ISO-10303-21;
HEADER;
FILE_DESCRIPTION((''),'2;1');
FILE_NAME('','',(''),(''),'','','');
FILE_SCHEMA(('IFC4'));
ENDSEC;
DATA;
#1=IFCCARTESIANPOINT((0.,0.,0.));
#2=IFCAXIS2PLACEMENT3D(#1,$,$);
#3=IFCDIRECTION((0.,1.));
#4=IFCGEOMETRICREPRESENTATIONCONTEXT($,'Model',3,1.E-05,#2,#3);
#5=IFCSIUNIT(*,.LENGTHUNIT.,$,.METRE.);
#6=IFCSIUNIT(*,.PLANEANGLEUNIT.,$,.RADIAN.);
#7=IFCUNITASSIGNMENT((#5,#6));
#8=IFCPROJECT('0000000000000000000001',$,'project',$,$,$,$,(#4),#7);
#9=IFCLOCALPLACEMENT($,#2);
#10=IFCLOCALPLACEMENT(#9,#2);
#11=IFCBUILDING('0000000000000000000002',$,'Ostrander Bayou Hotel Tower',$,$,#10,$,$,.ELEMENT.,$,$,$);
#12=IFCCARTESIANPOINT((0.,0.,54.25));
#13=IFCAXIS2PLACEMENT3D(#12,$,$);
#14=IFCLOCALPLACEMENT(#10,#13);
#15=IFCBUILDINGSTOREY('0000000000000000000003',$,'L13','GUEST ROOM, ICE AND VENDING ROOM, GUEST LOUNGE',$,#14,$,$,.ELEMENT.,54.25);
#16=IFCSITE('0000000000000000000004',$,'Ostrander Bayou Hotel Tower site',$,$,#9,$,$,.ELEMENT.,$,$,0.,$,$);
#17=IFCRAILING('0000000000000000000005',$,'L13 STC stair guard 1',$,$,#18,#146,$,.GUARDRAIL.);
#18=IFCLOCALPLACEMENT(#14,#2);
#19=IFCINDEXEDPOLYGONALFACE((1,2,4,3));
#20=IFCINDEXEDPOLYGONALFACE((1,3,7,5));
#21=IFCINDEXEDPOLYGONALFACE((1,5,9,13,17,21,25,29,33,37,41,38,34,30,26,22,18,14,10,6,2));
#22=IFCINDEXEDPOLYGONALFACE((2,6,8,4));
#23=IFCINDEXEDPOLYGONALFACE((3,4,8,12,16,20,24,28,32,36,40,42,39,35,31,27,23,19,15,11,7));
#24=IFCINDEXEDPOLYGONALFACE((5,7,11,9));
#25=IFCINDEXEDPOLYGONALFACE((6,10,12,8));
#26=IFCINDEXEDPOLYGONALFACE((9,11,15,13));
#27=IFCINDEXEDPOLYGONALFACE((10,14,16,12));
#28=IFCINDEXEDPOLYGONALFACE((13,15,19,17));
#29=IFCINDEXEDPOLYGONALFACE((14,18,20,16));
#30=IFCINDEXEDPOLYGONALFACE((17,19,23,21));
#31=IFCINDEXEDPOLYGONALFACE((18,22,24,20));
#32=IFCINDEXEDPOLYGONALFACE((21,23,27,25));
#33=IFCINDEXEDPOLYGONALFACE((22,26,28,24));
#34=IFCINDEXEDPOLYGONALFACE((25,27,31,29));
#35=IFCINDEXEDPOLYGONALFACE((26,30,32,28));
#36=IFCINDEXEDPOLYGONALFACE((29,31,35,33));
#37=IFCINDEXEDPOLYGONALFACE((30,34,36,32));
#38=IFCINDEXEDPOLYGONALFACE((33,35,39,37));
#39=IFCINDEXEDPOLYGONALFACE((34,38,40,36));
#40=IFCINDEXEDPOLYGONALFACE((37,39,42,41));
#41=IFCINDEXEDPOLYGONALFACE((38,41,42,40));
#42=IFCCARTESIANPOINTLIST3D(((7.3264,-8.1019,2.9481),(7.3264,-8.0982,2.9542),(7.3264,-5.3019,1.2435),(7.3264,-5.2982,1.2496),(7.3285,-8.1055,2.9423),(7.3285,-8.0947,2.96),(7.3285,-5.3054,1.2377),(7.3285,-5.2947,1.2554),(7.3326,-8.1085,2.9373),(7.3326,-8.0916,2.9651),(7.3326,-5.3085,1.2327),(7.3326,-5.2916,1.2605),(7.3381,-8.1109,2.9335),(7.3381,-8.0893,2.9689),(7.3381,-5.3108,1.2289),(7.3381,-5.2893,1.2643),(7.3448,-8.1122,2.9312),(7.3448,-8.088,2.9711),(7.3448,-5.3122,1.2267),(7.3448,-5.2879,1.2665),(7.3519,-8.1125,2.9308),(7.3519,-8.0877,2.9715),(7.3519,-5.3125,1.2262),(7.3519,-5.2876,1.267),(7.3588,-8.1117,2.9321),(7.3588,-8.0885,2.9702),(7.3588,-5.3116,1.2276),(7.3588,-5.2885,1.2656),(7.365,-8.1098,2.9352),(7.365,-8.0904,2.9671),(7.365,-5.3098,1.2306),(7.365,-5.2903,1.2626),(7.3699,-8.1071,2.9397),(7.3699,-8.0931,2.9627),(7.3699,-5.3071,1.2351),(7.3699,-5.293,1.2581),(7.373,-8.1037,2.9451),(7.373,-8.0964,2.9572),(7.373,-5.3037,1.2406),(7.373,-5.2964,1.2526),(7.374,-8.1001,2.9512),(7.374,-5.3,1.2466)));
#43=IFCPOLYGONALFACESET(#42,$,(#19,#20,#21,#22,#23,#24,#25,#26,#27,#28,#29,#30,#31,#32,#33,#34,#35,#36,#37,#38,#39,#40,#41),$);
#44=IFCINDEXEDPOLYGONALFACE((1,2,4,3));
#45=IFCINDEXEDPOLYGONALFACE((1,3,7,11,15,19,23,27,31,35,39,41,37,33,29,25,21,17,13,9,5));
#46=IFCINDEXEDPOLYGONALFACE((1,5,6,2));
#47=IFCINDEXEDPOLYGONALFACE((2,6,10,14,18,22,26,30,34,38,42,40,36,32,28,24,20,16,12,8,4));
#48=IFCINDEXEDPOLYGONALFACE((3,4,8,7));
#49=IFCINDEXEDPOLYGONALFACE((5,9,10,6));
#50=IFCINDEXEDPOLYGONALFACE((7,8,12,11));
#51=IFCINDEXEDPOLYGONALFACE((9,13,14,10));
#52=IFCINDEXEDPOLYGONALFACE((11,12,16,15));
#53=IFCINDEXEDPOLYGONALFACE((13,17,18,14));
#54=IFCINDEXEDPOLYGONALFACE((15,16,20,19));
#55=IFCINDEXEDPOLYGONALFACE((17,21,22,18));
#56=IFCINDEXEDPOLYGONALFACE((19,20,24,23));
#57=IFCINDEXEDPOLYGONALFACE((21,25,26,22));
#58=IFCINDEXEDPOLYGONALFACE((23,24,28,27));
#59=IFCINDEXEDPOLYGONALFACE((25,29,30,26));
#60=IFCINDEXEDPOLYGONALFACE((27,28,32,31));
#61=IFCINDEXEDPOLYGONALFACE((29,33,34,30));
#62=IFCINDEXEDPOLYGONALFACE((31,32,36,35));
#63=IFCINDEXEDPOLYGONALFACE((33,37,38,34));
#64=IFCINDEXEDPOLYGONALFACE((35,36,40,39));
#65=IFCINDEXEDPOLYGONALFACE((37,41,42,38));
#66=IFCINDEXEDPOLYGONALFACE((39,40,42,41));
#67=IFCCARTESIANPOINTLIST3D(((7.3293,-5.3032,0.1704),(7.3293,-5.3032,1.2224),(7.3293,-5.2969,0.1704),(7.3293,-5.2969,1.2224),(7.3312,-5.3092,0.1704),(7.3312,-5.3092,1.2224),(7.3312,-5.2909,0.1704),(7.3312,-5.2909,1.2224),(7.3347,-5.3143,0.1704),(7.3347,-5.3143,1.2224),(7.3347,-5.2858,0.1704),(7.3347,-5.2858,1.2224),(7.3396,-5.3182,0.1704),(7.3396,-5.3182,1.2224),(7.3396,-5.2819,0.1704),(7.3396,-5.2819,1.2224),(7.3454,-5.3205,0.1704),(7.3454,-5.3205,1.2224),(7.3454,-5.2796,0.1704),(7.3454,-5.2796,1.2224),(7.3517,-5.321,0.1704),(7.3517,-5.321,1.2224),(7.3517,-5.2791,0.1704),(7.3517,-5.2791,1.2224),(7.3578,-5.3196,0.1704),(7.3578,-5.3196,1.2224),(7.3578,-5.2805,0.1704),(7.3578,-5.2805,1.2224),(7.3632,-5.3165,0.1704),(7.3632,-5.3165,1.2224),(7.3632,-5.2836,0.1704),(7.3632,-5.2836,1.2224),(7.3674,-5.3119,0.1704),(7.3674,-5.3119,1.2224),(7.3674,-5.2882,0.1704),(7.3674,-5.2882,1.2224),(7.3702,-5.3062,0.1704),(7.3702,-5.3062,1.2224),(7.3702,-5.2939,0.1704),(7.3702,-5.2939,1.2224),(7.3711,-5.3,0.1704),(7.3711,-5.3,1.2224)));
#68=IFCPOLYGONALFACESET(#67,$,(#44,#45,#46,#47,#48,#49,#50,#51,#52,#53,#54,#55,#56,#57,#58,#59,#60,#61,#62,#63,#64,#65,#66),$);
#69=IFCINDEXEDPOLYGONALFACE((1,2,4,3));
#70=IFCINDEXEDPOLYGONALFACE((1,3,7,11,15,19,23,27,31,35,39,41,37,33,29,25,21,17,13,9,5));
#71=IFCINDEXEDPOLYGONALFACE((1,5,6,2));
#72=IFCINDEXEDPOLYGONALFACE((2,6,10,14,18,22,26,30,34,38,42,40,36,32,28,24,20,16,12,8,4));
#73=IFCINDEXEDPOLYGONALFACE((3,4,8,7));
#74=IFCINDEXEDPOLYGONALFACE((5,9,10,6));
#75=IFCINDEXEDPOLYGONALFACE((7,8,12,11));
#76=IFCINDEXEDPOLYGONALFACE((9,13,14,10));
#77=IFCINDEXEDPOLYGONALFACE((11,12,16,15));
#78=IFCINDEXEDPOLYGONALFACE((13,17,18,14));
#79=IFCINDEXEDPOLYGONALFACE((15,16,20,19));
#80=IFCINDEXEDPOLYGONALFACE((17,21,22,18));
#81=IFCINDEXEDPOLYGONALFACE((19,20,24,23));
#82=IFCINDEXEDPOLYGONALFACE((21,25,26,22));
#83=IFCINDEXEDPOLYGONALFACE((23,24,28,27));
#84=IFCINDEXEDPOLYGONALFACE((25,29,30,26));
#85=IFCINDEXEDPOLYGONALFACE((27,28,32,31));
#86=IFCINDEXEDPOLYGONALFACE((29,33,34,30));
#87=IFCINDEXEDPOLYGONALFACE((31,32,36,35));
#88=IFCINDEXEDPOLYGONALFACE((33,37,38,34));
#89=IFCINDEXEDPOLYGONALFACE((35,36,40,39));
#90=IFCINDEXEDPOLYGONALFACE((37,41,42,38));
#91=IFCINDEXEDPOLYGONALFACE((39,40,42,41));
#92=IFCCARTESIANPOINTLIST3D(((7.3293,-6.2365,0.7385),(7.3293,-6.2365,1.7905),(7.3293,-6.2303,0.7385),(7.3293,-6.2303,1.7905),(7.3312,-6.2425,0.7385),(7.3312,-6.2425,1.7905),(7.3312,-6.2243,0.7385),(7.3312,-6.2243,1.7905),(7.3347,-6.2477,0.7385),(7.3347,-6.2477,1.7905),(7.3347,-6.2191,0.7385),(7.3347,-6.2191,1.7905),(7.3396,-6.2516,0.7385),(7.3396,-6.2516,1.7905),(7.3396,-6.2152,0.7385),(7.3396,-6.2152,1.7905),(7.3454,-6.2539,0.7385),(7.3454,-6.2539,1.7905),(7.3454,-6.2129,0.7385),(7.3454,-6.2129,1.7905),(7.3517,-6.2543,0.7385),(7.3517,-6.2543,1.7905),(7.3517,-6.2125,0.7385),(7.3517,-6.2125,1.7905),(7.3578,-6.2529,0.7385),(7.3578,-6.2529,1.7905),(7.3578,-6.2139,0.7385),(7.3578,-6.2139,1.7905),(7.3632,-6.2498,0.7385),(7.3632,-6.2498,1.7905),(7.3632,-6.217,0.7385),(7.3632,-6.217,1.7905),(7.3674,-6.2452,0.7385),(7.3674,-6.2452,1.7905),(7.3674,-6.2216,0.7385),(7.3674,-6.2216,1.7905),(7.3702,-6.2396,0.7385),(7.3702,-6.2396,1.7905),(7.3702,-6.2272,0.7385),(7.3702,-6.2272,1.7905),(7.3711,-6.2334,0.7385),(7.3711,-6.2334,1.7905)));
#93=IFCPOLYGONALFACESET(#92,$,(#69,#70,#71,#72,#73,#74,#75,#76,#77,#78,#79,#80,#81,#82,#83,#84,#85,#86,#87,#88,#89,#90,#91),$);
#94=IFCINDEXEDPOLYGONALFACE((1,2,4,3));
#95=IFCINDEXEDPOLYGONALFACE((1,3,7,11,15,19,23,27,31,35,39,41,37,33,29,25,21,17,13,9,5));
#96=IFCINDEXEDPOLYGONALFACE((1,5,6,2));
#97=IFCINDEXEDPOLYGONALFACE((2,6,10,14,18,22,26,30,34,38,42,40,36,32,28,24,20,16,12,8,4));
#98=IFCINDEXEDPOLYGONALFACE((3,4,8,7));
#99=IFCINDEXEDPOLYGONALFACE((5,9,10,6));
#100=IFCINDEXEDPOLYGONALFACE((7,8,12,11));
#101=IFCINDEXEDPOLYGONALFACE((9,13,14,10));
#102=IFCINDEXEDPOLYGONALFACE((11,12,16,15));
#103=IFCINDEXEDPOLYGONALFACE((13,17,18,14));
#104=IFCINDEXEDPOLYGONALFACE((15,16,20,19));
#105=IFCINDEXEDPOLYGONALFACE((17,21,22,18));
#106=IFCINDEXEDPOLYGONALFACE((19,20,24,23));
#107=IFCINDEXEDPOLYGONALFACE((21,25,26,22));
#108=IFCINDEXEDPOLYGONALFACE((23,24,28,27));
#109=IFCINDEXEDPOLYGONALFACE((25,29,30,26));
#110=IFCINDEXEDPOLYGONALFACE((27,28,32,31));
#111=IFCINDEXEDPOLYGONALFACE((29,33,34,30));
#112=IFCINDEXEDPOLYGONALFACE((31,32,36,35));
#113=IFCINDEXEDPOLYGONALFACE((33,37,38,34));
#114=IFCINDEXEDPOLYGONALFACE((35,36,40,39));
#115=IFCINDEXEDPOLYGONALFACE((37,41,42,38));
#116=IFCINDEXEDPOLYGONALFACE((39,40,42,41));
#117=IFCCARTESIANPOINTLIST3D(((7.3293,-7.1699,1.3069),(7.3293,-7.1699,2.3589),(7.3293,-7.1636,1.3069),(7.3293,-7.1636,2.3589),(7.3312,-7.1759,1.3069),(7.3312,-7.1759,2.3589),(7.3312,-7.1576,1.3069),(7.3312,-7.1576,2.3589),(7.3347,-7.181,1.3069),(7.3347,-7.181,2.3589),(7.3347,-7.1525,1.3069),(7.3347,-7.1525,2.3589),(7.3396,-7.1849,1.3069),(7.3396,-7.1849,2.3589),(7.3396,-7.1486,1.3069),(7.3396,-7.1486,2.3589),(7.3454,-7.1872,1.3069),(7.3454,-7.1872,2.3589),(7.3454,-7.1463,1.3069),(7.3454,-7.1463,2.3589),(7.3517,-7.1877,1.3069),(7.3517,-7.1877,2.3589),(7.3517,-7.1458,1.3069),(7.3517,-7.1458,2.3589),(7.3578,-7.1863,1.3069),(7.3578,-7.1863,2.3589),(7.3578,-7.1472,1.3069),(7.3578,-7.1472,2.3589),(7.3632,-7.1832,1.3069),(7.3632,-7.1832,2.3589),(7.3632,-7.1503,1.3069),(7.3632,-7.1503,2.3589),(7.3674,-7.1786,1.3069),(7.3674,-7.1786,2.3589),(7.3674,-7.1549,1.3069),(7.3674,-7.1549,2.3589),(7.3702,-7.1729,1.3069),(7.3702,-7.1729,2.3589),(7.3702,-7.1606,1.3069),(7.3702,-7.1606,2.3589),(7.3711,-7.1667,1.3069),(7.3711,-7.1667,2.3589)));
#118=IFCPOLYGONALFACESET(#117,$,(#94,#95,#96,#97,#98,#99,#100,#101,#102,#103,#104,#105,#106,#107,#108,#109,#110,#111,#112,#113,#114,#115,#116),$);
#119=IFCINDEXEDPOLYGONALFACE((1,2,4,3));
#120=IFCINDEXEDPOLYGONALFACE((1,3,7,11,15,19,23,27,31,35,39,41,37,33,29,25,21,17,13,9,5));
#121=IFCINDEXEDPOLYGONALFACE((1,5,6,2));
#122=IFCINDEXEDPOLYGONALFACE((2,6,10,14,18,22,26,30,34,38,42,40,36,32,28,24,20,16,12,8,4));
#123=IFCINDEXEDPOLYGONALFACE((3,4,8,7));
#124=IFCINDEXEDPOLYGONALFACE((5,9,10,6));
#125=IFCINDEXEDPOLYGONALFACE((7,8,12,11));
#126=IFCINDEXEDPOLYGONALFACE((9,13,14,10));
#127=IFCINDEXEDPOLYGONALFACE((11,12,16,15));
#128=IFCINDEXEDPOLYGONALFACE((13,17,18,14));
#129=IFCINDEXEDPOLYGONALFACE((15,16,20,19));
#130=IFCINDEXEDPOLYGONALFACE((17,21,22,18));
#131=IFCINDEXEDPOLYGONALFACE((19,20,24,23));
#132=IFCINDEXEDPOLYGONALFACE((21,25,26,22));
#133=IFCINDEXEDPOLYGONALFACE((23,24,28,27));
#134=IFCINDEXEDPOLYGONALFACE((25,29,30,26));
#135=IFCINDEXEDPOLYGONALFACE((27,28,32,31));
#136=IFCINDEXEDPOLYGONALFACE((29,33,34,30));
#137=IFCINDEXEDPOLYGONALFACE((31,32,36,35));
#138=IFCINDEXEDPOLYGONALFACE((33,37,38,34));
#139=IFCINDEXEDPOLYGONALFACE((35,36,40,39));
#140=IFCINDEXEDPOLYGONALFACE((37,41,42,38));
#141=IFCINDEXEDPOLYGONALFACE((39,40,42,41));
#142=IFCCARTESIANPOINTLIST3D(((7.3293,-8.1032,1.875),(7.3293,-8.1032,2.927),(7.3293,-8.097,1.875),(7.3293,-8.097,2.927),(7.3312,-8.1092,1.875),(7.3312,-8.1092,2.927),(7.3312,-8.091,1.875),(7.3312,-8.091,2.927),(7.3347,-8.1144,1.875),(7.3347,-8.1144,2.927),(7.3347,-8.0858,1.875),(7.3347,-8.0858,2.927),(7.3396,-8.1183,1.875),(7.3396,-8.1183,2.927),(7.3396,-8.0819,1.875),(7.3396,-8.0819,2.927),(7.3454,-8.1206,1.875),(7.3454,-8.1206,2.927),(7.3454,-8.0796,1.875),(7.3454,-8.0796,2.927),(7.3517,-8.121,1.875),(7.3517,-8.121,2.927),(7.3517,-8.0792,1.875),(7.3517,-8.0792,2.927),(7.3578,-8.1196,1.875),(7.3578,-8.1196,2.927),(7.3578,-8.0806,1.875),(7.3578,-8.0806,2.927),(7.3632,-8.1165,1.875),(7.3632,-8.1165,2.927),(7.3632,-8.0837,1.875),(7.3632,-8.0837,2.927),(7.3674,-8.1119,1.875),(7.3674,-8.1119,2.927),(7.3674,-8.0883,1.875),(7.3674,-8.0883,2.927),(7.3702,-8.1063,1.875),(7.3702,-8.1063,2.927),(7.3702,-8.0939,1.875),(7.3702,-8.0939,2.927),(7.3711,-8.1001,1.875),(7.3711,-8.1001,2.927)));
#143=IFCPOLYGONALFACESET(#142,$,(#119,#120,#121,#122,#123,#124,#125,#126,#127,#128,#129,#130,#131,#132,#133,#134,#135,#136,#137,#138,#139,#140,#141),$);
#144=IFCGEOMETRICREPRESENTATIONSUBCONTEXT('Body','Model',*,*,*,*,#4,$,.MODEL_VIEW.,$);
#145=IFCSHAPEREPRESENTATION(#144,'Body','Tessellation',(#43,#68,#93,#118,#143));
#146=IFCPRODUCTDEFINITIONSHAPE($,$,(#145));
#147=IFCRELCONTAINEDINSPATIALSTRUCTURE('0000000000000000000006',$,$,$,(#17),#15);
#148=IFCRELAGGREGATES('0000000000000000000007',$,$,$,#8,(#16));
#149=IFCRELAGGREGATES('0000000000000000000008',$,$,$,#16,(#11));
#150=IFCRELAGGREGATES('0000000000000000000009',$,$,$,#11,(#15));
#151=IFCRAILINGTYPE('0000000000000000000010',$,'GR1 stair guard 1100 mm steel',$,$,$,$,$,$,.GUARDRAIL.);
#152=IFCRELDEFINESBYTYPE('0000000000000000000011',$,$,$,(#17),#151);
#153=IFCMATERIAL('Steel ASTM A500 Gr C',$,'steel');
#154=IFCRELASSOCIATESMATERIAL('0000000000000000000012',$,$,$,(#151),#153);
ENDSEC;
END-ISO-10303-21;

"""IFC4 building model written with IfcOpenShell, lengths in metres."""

from ifc_helpers import new_model, si_unit, direction, frame, origin, origin_2d, place, context, subcontext, project, spatial, circle, extrude, material, type_object, element, save


model = new_model("IFC4")

# Units and contexts
model_context = context("Model", 3, precision=1e-05, world=origin(), true_north=direction((0.0, 1.0)))
body_context = subcontext(model_context, "Body", "Model", "MODEL_VIEW")
ifc_project = project(units=[si_unit("LENGTHUNIT", "METRE"), si_unit("PLANEANGLEUNIT", "RADIAN")], contexts=[model_context])

# Site, building, storey
site_placement = place(None, origin())
site = spatial("IfcSite", under=ifc_project, at=site_placement, Name="Ostrander Bayou Hotel Tower site", CompositionType="ELEMENT", RefElevation=0.0)
building_placement = place(site_placement, origin())
building = spatial("IfcBuilding", under=site, at=building_placement, Name="Ostrander Bayou Hotel Tower", CompositionType="ELEMENT")
storey_placement = place(building_placement, frame((0.0, 0.0, 54.25)))
storey = spatial("IfcBuildingStorey", under=building, at=storey_placement, Name="L13", Description="GUEST ROOM, ICE AND VENDING ROOM, GUEST LOUNGE", CompositionType="ELEMENT", Elevation=54.25)

# Railing
ifc_material_1 = material(Name="Steel ASTM A500 Gr C", Category="steel")
railing_type_1 = type_object("IfcRailingType", Name="GR1 stair guard 1100 mm steel", PredefinedType="GUARDRAIL", material=ifc_material_1)
railing_1_placement = place(storey_placement, frame((7.3501, -5.3, 0.1704)))
element("IfcRailing", 1, at=railing_1_placement, inside=storey, type_object=railing_type_1, Name="L13 STC stair guard 1", PredefinedType="GUARDRAIL", context=body_context, shape_type="SweptSolid", body=[
    extrude(circle(Radius=0.0239, at=origin_2d()), frame((0.0, 0.0, 1.0762), z_axis=(0.0, -0.85417, 0.519994), x_axis=(1.0, 0.0, 0.0)), (0.0, 0.0, 1.0), 3.2781),
    extrude(circle(Radius=0.021, at=origin_2d()), origin(), (0.0, 0.0, 1.0), 1.052),
    extrude(circle(Radius=0.021, at=origin_2d()), frame((0.0, -0.9333, 0.5681)), (0.0, 0.0, 1.0), 1.052),
    extrude(circle(Radius=0.021, at=origin_2d()), frame((0.0, -1.8667, 1.1365)), (0.0, 0.0, 1.0), 1.052),
    extrude(circle(Radius=0.021, at=origin_2d()), frame((0.0, -2.8, 1.7046)), (0.0, 0.0, 1.0), 1.052),
])

save(model, "model.ifc")
